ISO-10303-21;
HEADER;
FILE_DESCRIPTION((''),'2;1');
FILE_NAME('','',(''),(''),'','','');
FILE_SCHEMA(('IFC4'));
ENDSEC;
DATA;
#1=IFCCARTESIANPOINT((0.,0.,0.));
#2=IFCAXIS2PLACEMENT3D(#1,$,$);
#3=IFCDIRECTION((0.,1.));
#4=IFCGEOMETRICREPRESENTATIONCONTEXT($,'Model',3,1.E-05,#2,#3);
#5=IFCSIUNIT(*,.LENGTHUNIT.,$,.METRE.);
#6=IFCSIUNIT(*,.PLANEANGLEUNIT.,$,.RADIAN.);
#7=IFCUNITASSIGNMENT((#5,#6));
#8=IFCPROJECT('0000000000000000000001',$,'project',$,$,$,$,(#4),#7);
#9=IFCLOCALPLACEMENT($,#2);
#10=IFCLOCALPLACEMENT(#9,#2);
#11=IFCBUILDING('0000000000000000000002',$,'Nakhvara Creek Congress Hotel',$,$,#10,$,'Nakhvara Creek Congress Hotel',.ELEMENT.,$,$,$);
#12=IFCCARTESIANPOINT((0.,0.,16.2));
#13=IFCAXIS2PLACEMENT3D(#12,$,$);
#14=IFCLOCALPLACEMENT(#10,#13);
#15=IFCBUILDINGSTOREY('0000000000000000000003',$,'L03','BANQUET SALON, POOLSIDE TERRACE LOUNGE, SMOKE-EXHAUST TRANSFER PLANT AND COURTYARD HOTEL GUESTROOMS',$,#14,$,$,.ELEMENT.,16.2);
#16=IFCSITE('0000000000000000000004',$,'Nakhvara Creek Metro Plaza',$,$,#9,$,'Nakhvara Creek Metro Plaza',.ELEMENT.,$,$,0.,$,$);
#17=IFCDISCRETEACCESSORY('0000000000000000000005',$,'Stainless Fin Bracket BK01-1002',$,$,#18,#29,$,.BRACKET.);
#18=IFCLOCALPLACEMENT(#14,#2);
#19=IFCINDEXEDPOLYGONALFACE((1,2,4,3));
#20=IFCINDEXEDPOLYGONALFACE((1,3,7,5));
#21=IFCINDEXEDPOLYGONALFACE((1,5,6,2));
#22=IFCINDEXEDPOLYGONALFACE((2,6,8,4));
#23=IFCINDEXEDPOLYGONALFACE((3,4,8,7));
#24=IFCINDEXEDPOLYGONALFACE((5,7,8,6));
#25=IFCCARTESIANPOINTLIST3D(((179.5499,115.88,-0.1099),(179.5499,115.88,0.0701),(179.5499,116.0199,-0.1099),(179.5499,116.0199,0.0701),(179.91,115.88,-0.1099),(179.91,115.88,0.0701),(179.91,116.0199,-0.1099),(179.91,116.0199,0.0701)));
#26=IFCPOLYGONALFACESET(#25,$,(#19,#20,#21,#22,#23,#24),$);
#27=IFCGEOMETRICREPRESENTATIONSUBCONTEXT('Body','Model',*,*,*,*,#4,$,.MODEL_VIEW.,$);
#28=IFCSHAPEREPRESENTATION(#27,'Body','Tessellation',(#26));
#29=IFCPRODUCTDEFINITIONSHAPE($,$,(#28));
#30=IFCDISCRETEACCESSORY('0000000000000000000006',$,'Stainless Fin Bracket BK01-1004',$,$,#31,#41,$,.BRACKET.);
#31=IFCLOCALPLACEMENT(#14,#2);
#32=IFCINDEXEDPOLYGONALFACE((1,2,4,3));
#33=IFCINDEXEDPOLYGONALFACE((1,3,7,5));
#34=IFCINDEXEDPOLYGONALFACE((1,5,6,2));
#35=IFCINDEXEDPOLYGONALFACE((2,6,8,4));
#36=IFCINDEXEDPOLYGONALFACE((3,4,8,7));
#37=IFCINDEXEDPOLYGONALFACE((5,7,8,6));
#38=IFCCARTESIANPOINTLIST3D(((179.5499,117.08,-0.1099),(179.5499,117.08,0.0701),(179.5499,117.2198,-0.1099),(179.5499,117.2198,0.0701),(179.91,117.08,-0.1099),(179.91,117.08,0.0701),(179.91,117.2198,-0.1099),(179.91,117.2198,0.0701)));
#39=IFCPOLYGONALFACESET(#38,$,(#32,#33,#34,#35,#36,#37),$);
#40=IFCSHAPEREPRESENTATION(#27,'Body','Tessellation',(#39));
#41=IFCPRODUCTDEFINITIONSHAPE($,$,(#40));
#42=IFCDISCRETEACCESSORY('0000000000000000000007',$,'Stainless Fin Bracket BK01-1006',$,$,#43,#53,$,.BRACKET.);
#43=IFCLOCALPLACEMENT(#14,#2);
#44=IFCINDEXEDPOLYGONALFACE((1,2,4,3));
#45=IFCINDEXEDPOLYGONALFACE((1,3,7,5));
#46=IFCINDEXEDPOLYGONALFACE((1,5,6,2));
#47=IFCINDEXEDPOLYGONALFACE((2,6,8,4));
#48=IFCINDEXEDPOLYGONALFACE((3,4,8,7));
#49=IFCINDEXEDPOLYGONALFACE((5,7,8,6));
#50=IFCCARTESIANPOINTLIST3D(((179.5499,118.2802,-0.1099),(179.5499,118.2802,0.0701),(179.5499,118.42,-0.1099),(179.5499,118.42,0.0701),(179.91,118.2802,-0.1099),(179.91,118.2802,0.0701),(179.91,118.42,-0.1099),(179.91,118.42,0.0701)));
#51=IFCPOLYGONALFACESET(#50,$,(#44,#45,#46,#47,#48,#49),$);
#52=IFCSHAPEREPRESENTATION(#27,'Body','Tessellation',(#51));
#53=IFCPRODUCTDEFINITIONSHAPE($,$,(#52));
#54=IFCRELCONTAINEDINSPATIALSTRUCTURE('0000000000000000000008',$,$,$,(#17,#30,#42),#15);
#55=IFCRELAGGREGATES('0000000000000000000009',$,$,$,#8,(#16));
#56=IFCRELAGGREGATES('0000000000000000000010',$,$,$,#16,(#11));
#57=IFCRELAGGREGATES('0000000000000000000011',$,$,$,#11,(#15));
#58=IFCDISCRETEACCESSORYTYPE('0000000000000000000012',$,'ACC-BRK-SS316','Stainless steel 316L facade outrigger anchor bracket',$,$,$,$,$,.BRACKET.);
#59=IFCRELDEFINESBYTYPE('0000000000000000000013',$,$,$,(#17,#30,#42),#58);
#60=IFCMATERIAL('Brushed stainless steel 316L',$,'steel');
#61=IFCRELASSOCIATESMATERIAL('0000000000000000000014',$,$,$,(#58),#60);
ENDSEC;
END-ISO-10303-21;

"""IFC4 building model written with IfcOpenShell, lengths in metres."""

from ifc_helpers import new_model, si_unit, direction, frame, origin, origin_2d, place, context, subcontext, project, spatial, rectangle, extrude, material, type_object, element, save


model = new_model("IFC4")

# Units and contexts
model_context = context("Model", 3, precision=1e-05, world=origin(), true_north=direction((0.0, 1.0)))
body_context = subcontext(model_context, "Body", "Model", "MODEL_VIEW")
ifc_project = project(units=[si_unit("LENGTHUNIT", "METRE"), si_unit("PLANEANGLEUNIT", "RADIAN")], contexts=[model_context])

# Site, building, storey
site_placement = place(None, origin())
site = spatial("IfcSite", under=ifc_project, at=site_placement, Name="Nakhvara Creek Metro Plaza", LongName="Nakhvara Creek Metro Plaza", CompositionType="ELEMENT", RefElevation=0.0)
building_placement = place(site_placement, origin())
building = spatial("IfcBuilding", under=site, at=building_placement, Name="Nakhvara Creek Congress Hotel", LongName="Nakhvara Creek Congress Hotel", CompositionType="ELEMENT")
storey_placement = place(building_placement, frame((0.0, 0.0, 16.2)))
storey = spatial("IfcBuildingStorey", under=building, at=storey_placement, Name="L03", Description="BANQUET SALON, POOLSIDE TERRACE LOUNGE, SMOKE-EXHAUST TRANSFER PLANT AND COURTYARD HOTEL GUESTROOMS", CompositionType="ELEMENT", Elevation=16.2)

# Discrete accessories
ifc_material_1 = material(Name="Brushed stainless steel 316L", Category="steel")
discrete_accessory_type = type_object("IfcDiscreteAccessoryType", Name="ACC-BRK-SS316", Description="Stainless steel 316L facade outrigger anchor bracket", PredefinedType="BRACKET", material=ifc_material_1)
for number, where, z_axis, x_axis, name in (
    (1, (179.73, 115.95, -0.1099), (0.0, 0.0, 1.0), (0.0, 1.0, 0.0), "Stainless Fin Bracket BK01-1002"),
    (2, (179.73, 117.1499, -0.1099), (0.0, 0.0, 1.0), (0.0, 1.0, 0.0), "Stainless Fin Bracket BK01-1004"),
    (3, (179.73, 118.3501, -0.1099), (0.0, 0.0, 1.0), (0.0, 1.0, 0.0), "Stainless Fin Bracket BK01-1006"),
):
    element("IfcDiscreteAccessory", number, at=place(storey_placement, frame(where, z_axis=z_axis, x_axis=x_axis)), inside=storey, type_object=discrete_accessory_type, Name=name, PredefinedType="BRACKET", context=body_context, shape_type="SweptSolid", body=[
        extrude(rectangle(XDim=0.1399, YDim=0.3601, at=origin_2d()), origin(), (0.0, 0.0, 1.0), 0.1799),
    ])

save(model, "model.ifc")
